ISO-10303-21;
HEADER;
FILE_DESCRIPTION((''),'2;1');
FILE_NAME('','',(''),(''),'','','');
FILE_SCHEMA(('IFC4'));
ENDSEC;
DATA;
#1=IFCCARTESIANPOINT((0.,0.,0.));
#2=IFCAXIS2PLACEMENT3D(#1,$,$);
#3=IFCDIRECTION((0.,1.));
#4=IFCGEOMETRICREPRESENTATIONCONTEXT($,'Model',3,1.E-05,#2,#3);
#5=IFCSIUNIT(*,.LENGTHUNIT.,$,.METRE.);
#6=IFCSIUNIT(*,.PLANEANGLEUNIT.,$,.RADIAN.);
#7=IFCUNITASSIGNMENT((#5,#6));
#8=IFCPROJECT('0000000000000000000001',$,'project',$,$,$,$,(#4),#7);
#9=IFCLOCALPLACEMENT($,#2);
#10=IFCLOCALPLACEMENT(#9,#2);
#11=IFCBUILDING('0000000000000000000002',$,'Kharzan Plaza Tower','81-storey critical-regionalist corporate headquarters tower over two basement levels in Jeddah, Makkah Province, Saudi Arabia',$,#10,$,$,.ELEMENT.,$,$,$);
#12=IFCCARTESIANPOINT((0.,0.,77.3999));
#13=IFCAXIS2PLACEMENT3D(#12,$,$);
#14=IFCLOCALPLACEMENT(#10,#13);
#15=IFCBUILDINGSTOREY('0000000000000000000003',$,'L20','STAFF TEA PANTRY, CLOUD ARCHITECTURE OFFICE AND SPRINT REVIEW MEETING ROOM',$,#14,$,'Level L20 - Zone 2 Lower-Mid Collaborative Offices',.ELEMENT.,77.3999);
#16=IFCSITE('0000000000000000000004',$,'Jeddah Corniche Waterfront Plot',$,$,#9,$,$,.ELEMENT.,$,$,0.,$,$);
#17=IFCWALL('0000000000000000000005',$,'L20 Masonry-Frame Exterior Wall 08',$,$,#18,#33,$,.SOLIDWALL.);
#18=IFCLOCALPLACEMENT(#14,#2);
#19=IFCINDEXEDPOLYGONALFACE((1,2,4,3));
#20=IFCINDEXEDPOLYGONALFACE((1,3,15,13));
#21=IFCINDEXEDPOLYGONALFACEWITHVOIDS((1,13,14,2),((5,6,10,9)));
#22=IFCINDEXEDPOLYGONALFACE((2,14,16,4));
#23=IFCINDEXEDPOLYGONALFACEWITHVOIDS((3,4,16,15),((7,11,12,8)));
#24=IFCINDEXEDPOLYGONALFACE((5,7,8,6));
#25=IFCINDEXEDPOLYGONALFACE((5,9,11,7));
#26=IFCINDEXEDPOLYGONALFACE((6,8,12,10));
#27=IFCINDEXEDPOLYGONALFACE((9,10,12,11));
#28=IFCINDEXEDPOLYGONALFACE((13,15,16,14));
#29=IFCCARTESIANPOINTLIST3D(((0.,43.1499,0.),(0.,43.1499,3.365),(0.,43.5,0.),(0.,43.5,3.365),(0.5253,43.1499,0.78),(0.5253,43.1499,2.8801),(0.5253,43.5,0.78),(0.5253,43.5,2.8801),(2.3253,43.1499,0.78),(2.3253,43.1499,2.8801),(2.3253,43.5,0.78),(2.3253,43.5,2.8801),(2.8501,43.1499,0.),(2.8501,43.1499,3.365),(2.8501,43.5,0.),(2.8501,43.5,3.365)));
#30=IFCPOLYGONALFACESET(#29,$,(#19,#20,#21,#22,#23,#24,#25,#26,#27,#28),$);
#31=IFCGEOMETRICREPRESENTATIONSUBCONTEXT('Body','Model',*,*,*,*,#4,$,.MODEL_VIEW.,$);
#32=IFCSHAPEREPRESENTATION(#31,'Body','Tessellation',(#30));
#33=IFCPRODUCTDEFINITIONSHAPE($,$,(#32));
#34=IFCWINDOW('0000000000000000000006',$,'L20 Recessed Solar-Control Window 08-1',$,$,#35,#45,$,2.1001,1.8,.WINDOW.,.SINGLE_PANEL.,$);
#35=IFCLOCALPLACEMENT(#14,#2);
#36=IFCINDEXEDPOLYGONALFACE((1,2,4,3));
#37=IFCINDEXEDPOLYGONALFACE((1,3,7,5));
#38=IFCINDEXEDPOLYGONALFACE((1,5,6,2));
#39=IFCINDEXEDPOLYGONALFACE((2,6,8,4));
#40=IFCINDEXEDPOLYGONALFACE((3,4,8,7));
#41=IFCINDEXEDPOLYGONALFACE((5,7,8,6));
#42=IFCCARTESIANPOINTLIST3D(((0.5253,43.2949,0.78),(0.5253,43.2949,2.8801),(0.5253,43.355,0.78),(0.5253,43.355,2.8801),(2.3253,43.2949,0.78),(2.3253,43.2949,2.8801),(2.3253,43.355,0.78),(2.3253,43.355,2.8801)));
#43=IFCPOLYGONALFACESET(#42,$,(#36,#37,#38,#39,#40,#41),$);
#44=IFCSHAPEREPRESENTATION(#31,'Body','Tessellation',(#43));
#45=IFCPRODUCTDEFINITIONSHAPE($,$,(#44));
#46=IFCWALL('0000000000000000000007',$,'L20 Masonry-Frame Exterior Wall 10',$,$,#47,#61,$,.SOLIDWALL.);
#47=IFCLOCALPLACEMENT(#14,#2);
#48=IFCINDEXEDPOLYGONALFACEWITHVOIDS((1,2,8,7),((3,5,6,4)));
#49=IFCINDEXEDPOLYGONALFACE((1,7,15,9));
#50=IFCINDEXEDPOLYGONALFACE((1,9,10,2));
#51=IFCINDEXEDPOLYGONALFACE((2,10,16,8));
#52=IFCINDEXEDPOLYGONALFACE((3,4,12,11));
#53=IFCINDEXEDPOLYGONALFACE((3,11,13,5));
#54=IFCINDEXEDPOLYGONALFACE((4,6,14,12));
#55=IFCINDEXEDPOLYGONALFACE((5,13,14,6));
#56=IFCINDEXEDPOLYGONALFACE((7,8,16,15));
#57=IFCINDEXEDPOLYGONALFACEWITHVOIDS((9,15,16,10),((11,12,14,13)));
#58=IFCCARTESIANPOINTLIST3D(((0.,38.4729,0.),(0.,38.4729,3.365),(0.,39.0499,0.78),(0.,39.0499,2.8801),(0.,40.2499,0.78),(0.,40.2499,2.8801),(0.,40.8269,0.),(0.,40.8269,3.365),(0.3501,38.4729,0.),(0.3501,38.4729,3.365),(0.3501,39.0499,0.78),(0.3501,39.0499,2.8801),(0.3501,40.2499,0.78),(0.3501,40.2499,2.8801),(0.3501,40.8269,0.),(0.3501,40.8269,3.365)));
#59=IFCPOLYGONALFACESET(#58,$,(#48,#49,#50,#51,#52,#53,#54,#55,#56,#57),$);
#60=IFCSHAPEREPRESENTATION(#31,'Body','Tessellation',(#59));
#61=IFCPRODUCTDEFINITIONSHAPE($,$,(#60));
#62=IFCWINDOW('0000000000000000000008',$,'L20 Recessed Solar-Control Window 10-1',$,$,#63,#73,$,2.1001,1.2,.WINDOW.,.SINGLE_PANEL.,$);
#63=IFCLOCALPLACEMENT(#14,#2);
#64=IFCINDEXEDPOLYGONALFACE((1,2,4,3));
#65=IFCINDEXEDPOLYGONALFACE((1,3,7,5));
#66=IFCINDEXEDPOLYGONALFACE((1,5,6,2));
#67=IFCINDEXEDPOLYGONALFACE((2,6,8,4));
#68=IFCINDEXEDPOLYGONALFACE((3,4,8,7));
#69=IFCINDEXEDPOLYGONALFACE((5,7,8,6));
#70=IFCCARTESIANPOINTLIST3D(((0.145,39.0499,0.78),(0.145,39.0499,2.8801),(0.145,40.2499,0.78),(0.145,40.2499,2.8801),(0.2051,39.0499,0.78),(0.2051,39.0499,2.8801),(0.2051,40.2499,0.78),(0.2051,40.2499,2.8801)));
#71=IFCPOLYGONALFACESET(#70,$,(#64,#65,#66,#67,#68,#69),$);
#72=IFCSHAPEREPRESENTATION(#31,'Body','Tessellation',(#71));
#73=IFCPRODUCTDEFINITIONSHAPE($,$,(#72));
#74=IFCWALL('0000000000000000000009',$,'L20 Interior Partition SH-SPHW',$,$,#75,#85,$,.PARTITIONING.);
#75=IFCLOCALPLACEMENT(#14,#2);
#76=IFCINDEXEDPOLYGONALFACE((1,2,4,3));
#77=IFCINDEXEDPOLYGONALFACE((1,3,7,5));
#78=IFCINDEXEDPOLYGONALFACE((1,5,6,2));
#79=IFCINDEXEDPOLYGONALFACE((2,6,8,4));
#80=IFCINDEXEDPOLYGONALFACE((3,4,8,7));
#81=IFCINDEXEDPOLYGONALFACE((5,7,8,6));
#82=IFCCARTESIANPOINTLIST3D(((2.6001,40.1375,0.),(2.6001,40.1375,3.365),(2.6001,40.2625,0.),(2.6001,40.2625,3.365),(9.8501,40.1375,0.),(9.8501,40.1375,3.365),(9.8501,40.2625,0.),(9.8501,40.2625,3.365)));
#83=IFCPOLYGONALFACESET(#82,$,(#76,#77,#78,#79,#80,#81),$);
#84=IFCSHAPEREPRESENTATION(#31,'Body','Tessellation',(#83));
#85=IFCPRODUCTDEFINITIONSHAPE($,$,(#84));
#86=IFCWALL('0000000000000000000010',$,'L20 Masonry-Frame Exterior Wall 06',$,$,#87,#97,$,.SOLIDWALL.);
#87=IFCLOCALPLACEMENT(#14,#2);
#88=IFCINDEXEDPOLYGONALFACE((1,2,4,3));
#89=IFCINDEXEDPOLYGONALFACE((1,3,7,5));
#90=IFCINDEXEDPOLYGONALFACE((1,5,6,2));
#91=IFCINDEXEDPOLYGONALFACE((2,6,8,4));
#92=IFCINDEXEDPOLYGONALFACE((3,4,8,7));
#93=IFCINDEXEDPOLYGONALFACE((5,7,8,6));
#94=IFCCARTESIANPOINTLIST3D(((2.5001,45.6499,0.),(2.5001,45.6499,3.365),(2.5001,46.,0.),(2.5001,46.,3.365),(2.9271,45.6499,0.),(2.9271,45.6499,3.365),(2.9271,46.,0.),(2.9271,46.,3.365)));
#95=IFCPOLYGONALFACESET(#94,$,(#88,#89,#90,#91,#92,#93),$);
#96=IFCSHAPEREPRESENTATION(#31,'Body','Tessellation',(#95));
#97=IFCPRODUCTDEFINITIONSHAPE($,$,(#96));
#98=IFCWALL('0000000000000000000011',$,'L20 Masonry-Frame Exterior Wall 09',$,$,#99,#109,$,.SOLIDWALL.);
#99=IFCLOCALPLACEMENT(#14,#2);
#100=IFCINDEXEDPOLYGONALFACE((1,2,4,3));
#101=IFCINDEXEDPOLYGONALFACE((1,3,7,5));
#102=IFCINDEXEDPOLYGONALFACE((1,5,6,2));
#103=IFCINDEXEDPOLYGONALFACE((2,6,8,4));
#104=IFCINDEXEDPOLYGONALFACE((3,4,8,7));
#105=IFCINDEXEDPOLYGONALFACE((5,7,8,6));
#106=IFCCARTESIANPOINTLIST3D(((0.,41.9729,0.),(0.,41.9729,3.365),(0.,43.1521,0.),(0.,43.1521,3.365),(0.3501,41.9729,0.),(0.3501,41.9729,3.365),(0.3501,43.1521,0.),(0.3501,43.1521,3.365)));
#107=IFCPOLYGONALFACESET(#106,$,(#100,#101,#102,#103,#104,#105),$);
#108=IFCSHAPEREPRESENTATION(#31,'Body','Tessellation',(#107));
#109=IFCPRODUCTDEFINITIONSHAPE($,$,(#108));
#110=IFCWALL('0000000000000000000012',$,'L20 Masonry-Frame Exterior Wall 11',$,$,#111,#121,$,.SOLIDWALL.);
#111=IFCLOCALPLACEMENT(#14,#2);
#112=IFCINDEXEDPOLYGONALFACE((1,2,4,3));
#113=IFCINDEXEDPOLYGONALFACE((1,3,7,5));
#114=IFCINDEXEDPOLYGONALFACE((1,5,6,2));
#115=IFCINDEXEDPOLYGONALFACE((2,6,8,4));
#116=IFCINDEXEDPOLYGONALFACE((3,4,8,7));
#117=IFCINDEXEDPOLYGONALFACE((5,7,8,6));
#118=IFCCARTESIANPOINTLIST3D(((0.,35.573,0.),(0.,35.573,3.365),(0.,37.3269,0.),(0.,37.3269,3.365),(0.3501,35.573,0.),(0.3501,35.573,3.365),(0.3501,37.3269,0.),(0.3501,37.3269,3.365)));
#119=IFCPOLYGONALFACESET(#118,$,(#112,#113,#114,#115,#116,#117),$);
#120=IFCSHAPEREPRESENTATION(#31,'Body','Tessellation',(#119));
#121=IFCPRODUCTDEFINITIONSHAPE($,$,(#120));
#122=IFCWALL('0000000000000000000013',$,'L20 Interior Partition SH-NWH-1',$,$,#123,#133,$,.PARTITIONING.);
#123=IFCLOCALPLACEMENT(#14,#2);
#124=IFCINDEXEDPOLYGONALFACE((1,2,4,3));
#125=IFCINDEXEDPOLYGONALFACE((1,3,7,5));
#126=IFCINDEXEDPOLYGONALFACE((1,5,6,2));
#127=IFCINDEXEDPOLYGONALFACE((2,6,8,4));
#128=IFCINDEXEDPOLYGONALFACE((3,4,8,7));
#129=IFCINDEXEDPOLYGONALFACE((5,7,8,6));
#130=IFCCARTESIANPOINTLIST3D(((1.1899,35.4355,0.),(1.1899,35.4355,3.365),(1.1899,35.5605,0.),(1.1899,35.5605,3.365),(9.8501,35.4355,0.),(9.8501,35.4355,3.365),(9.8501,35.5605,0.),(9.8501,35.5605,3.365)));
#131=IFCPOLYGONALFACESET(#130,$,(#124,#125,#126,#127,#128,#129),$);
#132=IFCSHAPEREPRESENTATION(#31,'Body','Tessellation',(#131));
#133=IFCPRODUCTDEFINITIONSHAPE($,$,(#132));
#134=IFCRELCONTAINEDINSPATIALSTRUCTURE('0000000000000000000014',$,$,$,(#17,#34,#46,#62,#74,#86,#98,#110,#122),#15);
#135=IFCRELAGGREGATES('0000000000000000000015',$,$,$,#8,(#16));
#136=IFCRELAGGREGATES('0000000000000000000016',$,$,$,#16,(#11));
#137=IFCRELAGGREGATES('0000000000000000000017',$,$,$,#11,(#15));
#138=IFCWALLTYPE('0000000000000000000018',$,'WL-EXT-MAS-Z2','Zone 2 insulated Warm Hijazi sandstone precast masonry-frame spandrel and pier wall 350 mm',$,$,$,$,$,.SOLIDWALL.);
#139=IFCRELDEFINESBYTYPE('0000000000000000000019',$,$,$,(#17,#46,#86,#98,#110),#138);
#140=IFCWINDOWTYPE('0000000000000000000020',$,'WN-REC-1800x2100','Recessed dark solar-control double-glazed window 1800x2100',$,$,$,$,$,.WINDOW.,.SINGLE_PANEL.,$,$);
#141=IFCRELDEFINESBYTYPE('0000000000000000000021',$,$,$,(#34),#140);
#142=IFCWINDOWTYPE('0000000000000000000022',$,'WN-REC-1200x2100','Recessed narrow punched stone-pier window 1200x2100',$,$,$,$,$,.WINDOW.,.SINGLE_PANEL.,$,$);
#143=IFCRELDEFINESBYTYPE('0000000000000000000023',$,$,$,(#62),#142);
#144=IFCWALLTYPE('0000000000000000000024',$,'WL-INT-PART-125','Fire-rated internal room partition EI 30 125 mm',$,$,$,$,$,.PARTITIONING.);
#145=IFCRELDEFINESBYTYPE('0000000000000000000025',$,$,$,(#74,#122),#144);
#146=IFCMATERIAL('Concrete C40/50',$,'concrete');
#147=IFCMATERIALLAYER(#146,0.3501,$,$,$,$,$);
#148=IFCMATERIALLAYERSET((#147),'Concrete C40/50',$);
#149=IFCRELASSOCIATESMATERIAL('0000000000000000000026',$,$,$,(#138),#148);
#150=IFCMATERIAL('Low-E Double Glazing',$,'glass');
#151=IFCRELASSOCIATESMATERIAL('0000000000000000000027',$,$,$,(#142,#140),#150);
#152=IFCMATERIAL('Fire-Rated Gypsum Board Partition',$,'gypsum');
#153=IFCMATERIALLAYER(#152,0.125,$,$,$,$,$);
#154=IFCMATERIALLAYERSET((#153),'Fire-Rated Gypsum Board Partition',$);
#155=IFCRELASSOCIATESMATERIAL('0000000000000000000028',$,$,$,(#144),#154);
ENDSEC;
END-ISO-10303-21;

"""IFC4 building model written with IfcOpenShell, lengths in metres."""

from ifc_helpers import new_model, si_unit, direction, frame, frame_2d, origin, place, context, subcontext, project, spatial, rectangle, extrude, source, transform, mapped, material, layer, layer_set, type_object, element, fill, save


model = new_model("IFC4")

# Units and contexts
model_context = context("Model", 3, precision=1e-05, world=origin(), true_north=direction((0.0, 1.0)))
body_context = subcontext(model_context, "Body", "Model", "MODEL_VIEW")
ifc_project = project(units=[si_unit("LENGTHUNIT", "METRE"), si_unit("PLANEANGLEUNIT", "RADIAN")], contexts=[model_context])

# Site, building, storey
site_placement = place(None, origin())
site = spatial("IfcSite", under=ifc_project, at=site_placement, Name="Jeddah Corniche Waterfront Plot", CompositionType="ELEMENT", RefElevation=0.0)
building_placement = place(site_placement, origin())
building = spatial("IfcBuilding", under=site, at=building_placement, Name="Kharzan Plaza Tower", Description="81-storey critical-regionalist corporate headquarters tower over two basement levels in Jeddah, Makkah Province, Saudi Arabia", CompositionType="ELEMENT")
storey_placement = place(building_placement, frame((0.0, 0.0, 77.3999)))
storey = spatial("IfcBuildingStorey", under=building, at=storey_placement, Name="L20", Description="STAFF TEA PANTRY, CLOUD ARCHITECTURE OFFICE AND SPRINT REVIEW MEETING ROOM", LongName="Level L20 - Zone 2 Lower-Mid Collaborative Offices", CompositionType="ELEMENT", Elevation=77.3999)

# Walls, openings, windows
ifc_material_1 = material(Name="Concrete C40/50", Category="concrete")
ifc_layer_1 = layer(ifc_material_1, 0.3501)
ifc_layer_set_1 = layer_set([ifc_layer_1], Name="Concrete C40/50")
wall_type_1 = type_object("IfcWallType", Name="WL-EXT-MAS-Z2", Description="Zone 2 insulated Warm Hijazi sandstone precast masonry-frame spandrel and pier wall 350 mm", PredefinedType="SOLIDWALL", material=ifc_layer_set_1)
ifc_material_2 = material(Name="Low-E Double Glazing", Category="glass")
window_type_1 = type_object("IfcWindowType", Name="WN-REC-1200x2100", Description="Recessed narrow punched stone-pier window 1200x2100", PartitioningType="SINGLE_PANEL", PredefinedType="WINDOW", material=ifc_material_2)
shared_shape_1 = source(origin(), body_context, "Body", "SweptSolid", [
    extrude(rectangle(XDim=1.2, YDim=2.1001, at=frame_2d((0.6001, 1.05))), frame((0.0, 0.03, 0.0), z_axis=(0.0, -1.0, 0.0), x_axis=(1.0, 0.0, 0.0)), (0.0, 0.0, 1.0), 0.0601),
])
wall_1_placement = place(storey_placement, frame((2.8501, 43.325, 0.0), z_axis=(0.0, 0.0, 1.0), x_axis=(-1.0, 0.0, 0.0)))
wall_1 = element("IfcWall", 1, at=wall_1_placement, inside=storey, type_object=wall_type_1, Name="L20 Masonry-Frame Exterior Wall 08", PredefinedType="SOLIDWALL", context=body_context, shape_type="SweptSolid", body=[
    extrude(rectangle(XDim=2.8501, YDim=0.3501, at=frame_2d((1.425, 0.0))), origin(), (0.0, 0.0, 1.0), 3.365),
])
opening_1_placement = place(wall_1_placement, frame((0.5249, 0.0, 0.78)))
opening_1 = element("IfcOpeningElement", 2, at=opening_1_placement, cuts=wall_1, PredefinedType="OPENING", context=body_context, shape_type="SweptSolid", body=[
    extrude(rectangle(XDim=1.8, YDim=2.1001, at=frame_2d((0.8999, 1.05))), frame((0.0, 0.1851, 0.0), z_axis=(0.0, -1.0, 0.0), x_axis=(1.0, 0.0, 0.0)), (0.0, 0.0, 1.0), 0.3701),
])
window_type_2 = type_object("IfcWindowType", Name="WN-REC-1800x2100", Description="Recessed dark solar-control double-glazed window 1800x2100", PartitioningType="SINGLE_PANEL", PredefinedType="WINDOW", material=ifc_material_2)
shared_shape_2 = source(origin(), body_context, "Body", "SweptSolid", [
    extrude(rectangle(XDim=1.8, YDim=2.1001, at=frame_2d((0.8999, 1.05))), frame((0.0, 0.03, 0.0), z_axis=(0.0, -1.0, 0.0), x_axis=(1.0, 0.0, 0.0)), (0.0, 0.0, 1.0), 0.0601),
])
window_1_placement = place(opening_1_placement, origin())
window_1 = element("IfcWindow", 3, at=window_1_placement, inside=storey, type_object=window_type_2, Name="L20 Recessed Solar-Control Window 08-1", OverallHeight=2.1001, OverallWidth=1.8, PartitioningType="SINGLE_PANEL", PredefinedType="WINDOW", context=body_context, shape_type="MappedRepresentation", body=[
    mapped(shared_shape_2, transform((0.0, 0.0, 0.0), x_axis=(1.0, 0.0, 0.0), y_axis=(0.0, 1.0, 0.0), z_axis=(0.0, 0.0, 1.0))),
])
fill(opening_1, window_1)
wall_2_placement = place(storey_placement, frame((0.175, 40.8269, 0.0), z_axis=(0.0, 0.0, 1.0), x_axis=(0.0, -1.0, 0.0)))
wall_2 = element("IfcWall", 4, at=wall_2_placement, inside=storey, type_object=wall_type_1, Name="L20 Masonry-Frame Exterior Wall 10", PredefinedType="SOLIDWALL", context=body_context, shape_type="SweptSolid", body=[
    extrude(rectangle(XDim=2.354, YDim=0.3501, at=frame_2d((1.177, 0.0))), origin(), (0.0, 0.0, 1.0), 3.365),
])
opening_2_placement = place(wall_2_placement, frame((0.5769, 0.0, 0.78)))
opening_2 = element("IfcOpeningElement", 5, at=opening_2_placement, cuts=wall_2, PredefinedType="OPENING", context=body_context, shape_type="SweptSolid", body=[
    extrude(rectangle(XDim=1.2, YDim=2.1001, at=frame_2d((0.6001, 1.05))), frame((0.0, 0.1851, 0.0), z_axis=(0.0, -1.0, 0.0), x_axis=(1.0, 0.0, 0.0)), (0.0, 0.0, 1.0), 0.3701),
])
window_2_placement = place(opening_2_placement, origin())
window_2 = element("IfcWindow", 6, at=window_2_placement, inside=storey, type_object=window_type_1, Name="L20 Recessed Solar-Control Window 10-1", OverallHeight=2.1001, OverallWidth=1.2, PartitioningType="SINGLE_PANEL", PredefinedType="WINDOW", context=body_context, shape_type="MappedRepresentation", body=[
    mapped(shared_shape_1, transform((0.0, 0.0, 0.0), x_axis=(1.0, 0.0, 0.0), y_axis=(0.0, 1.0, 0.0), z_axis=(0.0, 0.0, 1.0))),
])
fill(opening_2, window_2)

# Walls
ifc_material_3 = material(Name="Fire-Rated Gypsum Board Partition", Category="gypsum")
ifc_layer_2 = layer(ifc_material_3, 0.125)
ifc_layer_set_2 = layer_set([ifc_layer_2], Name="Fire-Rated Gypsum Board Partition")
wall_type_2 = type_object("IfcWallType", Name="WL-INT-PART-125", Description="Fire-rated internal room partition EI 30 125 mm", PredefinedType="PARTITIONING", material=ifc_layer_set_2)
shared_shape_3 = source(origin(), body_context, "Body", "SweptSolid", [
    extrude(rectangle(XDim=7.25, YDim=0.125, at=frame_2d((3.625, 0.0))), origin(), (0.0, 0.0, 1.0), 3.365),
])
wall_3_placement = place(storey_placement, frame((2.6001, 40.2, 0.0), z_axis=(0.0, 0.0, 1.0), x_axis=(1.0, 0.0, 0.0)))
element("IfcWall", 7, at=wall_3_placement, inside=storey, type_object=wall_type_2, Name="L20 Interior Partition SH-SPHW", PredefinedType="PARTITIONING", context=body_context, shape_type="MappedRepresentation", body=[
    mapped(shared_shape_3, transform((0.0, 0.0, 0.0), x_axis=(1.0, 0.0, 0.0), y_axis=(0.0, 1.0, 0.0), z_axis=(0.0, 0.0, 1.0))),
])
shared_shape_4 = source(origin(), body_context, "Body", "SweptSolid", [
    extrude(rectangle(XDim=0.427, YDim=0.3501, at=frame_2d((0.2134, 0.0))), origin(), (0.0, 0.0, 1.0), 3.365),
])
wall_4_placement = place(storey_placement, frame((2.927, 45.825, 0.0), z_axis=(0.0, 0.0, 1.0), x_axis=(-1.0, 0.0, 0.0)))
element("IfcWall", 8, at=wall_4_placement, inside=storey, type_object=wall_type_1, Name="L20 Masonry-Frame Exterior Wall 06", PredefinedType="SOLIDWALL", context=body_context, shape_type="MappedRepresentation", body=[
    mapped(shared_shape_4, transform((0.0, 0.0, 0.0), x_axis=(1.0, 0.0, 0.0), y_axis=(0.0, 1.0, 0.0), z_axis=(0.0, 0.0, 1.0))),
])
shared_shape_5 = source(origin(), body_context, "Body", "SweptSolid", [
    extrude(rectangle(XDim=1.1792, YDim=0.3501, at=frame_2d((0.5896, 0.0))), origin(), (0.0, 0.0, 1.0), 3.365),
])
wall_5_placement = place(storey_placement, frame((0.175, 43.1521, 0.0), z_axis=(0.0, 0.0, 1.0), x_axis=(0.0, -1.0, 0.0)))
element("IfcWall", 9, at=wall_5_placement, inside=storey, type_object=wall_type_1, Name="L20 Masonry-Frame Exterior Wall 09", PredefinedType="SOLIDWALL", context=body_context, shape_type="MappedRepresentation", body=[
    mapped(shared_shape_5, transform((0.0, 0.0, 0.0), x_axis=(1.0, 0.0, 0.0), y_axis=(0.0, 1.0, 0.0), z_axis=(0.0, 0.0, 1.0))),
])
shared_shape_6 = source(origin(), body_context, "Body", "SweptSolid", [
    extrude(rectangle(XDim=1.7539, YDim=0.3501, at=frame_2d((0.877, 0.0))), origin(), (0.0, 0.0, 1.0), 3.365),
])
wall_6_placement = place(storey_placement, frame((0.175, 37.3269, 0.0), z_axis=(0.0, 0.0, 1.0), x_axis=(0.0, -1.0, 0.0)))
element("IfcWall", 10, at=wall_6_placement, inside=storey, type_object=wall_type_1, Name="L20 Masonry-Frame Exterior Wall 11", PredefinedType="SOLIDWALL", context=body_context, shape_type="MappedRepresentation", body=[
    mapped(shared_shape_6, transform((0.0, 0.0, 0.0), x_axis=(1.0, 0.0, 0.0), y_axis=(0.0, 1.0, 0.0), z_axis=(0.0, 0.0, 1.0))),
])
shared_shape_7 = source(origin(), body_context, "Body", "SweptSolid", [
    extrude(rectangle(XDim=8.6602, YDim=0.125, at=frame_2d((4.3301, 0.0))), origin(), (0.0, 0.0, 1.0), 3.365),
])
wall_7_placement = place(storey_placement, frame((1.1899, 35.498, 0.0), z_axis=(0.0, 0.0, 1.0), x_axis=(1.0, 0.0, 0.0)))
element("IfcWall", 11, at=wall_7_placement, inside=storey, type_object=wall_type_2, Name="L20 Interior Partition SH-NWH-1", PredefinedType="PARTITIONING", context=body_context, shape_type="MappedRepresentation", body=[
    mapped(shared_shape_7, transform((0.0, 0.0, 0.0), x_axis=(1.0, 0.0, 0.0), y_axis=(0.0, 1.0, 0.0), z_axis=(0.0, 0.0, 1.0))),
])

save(model, "model.ifc")
